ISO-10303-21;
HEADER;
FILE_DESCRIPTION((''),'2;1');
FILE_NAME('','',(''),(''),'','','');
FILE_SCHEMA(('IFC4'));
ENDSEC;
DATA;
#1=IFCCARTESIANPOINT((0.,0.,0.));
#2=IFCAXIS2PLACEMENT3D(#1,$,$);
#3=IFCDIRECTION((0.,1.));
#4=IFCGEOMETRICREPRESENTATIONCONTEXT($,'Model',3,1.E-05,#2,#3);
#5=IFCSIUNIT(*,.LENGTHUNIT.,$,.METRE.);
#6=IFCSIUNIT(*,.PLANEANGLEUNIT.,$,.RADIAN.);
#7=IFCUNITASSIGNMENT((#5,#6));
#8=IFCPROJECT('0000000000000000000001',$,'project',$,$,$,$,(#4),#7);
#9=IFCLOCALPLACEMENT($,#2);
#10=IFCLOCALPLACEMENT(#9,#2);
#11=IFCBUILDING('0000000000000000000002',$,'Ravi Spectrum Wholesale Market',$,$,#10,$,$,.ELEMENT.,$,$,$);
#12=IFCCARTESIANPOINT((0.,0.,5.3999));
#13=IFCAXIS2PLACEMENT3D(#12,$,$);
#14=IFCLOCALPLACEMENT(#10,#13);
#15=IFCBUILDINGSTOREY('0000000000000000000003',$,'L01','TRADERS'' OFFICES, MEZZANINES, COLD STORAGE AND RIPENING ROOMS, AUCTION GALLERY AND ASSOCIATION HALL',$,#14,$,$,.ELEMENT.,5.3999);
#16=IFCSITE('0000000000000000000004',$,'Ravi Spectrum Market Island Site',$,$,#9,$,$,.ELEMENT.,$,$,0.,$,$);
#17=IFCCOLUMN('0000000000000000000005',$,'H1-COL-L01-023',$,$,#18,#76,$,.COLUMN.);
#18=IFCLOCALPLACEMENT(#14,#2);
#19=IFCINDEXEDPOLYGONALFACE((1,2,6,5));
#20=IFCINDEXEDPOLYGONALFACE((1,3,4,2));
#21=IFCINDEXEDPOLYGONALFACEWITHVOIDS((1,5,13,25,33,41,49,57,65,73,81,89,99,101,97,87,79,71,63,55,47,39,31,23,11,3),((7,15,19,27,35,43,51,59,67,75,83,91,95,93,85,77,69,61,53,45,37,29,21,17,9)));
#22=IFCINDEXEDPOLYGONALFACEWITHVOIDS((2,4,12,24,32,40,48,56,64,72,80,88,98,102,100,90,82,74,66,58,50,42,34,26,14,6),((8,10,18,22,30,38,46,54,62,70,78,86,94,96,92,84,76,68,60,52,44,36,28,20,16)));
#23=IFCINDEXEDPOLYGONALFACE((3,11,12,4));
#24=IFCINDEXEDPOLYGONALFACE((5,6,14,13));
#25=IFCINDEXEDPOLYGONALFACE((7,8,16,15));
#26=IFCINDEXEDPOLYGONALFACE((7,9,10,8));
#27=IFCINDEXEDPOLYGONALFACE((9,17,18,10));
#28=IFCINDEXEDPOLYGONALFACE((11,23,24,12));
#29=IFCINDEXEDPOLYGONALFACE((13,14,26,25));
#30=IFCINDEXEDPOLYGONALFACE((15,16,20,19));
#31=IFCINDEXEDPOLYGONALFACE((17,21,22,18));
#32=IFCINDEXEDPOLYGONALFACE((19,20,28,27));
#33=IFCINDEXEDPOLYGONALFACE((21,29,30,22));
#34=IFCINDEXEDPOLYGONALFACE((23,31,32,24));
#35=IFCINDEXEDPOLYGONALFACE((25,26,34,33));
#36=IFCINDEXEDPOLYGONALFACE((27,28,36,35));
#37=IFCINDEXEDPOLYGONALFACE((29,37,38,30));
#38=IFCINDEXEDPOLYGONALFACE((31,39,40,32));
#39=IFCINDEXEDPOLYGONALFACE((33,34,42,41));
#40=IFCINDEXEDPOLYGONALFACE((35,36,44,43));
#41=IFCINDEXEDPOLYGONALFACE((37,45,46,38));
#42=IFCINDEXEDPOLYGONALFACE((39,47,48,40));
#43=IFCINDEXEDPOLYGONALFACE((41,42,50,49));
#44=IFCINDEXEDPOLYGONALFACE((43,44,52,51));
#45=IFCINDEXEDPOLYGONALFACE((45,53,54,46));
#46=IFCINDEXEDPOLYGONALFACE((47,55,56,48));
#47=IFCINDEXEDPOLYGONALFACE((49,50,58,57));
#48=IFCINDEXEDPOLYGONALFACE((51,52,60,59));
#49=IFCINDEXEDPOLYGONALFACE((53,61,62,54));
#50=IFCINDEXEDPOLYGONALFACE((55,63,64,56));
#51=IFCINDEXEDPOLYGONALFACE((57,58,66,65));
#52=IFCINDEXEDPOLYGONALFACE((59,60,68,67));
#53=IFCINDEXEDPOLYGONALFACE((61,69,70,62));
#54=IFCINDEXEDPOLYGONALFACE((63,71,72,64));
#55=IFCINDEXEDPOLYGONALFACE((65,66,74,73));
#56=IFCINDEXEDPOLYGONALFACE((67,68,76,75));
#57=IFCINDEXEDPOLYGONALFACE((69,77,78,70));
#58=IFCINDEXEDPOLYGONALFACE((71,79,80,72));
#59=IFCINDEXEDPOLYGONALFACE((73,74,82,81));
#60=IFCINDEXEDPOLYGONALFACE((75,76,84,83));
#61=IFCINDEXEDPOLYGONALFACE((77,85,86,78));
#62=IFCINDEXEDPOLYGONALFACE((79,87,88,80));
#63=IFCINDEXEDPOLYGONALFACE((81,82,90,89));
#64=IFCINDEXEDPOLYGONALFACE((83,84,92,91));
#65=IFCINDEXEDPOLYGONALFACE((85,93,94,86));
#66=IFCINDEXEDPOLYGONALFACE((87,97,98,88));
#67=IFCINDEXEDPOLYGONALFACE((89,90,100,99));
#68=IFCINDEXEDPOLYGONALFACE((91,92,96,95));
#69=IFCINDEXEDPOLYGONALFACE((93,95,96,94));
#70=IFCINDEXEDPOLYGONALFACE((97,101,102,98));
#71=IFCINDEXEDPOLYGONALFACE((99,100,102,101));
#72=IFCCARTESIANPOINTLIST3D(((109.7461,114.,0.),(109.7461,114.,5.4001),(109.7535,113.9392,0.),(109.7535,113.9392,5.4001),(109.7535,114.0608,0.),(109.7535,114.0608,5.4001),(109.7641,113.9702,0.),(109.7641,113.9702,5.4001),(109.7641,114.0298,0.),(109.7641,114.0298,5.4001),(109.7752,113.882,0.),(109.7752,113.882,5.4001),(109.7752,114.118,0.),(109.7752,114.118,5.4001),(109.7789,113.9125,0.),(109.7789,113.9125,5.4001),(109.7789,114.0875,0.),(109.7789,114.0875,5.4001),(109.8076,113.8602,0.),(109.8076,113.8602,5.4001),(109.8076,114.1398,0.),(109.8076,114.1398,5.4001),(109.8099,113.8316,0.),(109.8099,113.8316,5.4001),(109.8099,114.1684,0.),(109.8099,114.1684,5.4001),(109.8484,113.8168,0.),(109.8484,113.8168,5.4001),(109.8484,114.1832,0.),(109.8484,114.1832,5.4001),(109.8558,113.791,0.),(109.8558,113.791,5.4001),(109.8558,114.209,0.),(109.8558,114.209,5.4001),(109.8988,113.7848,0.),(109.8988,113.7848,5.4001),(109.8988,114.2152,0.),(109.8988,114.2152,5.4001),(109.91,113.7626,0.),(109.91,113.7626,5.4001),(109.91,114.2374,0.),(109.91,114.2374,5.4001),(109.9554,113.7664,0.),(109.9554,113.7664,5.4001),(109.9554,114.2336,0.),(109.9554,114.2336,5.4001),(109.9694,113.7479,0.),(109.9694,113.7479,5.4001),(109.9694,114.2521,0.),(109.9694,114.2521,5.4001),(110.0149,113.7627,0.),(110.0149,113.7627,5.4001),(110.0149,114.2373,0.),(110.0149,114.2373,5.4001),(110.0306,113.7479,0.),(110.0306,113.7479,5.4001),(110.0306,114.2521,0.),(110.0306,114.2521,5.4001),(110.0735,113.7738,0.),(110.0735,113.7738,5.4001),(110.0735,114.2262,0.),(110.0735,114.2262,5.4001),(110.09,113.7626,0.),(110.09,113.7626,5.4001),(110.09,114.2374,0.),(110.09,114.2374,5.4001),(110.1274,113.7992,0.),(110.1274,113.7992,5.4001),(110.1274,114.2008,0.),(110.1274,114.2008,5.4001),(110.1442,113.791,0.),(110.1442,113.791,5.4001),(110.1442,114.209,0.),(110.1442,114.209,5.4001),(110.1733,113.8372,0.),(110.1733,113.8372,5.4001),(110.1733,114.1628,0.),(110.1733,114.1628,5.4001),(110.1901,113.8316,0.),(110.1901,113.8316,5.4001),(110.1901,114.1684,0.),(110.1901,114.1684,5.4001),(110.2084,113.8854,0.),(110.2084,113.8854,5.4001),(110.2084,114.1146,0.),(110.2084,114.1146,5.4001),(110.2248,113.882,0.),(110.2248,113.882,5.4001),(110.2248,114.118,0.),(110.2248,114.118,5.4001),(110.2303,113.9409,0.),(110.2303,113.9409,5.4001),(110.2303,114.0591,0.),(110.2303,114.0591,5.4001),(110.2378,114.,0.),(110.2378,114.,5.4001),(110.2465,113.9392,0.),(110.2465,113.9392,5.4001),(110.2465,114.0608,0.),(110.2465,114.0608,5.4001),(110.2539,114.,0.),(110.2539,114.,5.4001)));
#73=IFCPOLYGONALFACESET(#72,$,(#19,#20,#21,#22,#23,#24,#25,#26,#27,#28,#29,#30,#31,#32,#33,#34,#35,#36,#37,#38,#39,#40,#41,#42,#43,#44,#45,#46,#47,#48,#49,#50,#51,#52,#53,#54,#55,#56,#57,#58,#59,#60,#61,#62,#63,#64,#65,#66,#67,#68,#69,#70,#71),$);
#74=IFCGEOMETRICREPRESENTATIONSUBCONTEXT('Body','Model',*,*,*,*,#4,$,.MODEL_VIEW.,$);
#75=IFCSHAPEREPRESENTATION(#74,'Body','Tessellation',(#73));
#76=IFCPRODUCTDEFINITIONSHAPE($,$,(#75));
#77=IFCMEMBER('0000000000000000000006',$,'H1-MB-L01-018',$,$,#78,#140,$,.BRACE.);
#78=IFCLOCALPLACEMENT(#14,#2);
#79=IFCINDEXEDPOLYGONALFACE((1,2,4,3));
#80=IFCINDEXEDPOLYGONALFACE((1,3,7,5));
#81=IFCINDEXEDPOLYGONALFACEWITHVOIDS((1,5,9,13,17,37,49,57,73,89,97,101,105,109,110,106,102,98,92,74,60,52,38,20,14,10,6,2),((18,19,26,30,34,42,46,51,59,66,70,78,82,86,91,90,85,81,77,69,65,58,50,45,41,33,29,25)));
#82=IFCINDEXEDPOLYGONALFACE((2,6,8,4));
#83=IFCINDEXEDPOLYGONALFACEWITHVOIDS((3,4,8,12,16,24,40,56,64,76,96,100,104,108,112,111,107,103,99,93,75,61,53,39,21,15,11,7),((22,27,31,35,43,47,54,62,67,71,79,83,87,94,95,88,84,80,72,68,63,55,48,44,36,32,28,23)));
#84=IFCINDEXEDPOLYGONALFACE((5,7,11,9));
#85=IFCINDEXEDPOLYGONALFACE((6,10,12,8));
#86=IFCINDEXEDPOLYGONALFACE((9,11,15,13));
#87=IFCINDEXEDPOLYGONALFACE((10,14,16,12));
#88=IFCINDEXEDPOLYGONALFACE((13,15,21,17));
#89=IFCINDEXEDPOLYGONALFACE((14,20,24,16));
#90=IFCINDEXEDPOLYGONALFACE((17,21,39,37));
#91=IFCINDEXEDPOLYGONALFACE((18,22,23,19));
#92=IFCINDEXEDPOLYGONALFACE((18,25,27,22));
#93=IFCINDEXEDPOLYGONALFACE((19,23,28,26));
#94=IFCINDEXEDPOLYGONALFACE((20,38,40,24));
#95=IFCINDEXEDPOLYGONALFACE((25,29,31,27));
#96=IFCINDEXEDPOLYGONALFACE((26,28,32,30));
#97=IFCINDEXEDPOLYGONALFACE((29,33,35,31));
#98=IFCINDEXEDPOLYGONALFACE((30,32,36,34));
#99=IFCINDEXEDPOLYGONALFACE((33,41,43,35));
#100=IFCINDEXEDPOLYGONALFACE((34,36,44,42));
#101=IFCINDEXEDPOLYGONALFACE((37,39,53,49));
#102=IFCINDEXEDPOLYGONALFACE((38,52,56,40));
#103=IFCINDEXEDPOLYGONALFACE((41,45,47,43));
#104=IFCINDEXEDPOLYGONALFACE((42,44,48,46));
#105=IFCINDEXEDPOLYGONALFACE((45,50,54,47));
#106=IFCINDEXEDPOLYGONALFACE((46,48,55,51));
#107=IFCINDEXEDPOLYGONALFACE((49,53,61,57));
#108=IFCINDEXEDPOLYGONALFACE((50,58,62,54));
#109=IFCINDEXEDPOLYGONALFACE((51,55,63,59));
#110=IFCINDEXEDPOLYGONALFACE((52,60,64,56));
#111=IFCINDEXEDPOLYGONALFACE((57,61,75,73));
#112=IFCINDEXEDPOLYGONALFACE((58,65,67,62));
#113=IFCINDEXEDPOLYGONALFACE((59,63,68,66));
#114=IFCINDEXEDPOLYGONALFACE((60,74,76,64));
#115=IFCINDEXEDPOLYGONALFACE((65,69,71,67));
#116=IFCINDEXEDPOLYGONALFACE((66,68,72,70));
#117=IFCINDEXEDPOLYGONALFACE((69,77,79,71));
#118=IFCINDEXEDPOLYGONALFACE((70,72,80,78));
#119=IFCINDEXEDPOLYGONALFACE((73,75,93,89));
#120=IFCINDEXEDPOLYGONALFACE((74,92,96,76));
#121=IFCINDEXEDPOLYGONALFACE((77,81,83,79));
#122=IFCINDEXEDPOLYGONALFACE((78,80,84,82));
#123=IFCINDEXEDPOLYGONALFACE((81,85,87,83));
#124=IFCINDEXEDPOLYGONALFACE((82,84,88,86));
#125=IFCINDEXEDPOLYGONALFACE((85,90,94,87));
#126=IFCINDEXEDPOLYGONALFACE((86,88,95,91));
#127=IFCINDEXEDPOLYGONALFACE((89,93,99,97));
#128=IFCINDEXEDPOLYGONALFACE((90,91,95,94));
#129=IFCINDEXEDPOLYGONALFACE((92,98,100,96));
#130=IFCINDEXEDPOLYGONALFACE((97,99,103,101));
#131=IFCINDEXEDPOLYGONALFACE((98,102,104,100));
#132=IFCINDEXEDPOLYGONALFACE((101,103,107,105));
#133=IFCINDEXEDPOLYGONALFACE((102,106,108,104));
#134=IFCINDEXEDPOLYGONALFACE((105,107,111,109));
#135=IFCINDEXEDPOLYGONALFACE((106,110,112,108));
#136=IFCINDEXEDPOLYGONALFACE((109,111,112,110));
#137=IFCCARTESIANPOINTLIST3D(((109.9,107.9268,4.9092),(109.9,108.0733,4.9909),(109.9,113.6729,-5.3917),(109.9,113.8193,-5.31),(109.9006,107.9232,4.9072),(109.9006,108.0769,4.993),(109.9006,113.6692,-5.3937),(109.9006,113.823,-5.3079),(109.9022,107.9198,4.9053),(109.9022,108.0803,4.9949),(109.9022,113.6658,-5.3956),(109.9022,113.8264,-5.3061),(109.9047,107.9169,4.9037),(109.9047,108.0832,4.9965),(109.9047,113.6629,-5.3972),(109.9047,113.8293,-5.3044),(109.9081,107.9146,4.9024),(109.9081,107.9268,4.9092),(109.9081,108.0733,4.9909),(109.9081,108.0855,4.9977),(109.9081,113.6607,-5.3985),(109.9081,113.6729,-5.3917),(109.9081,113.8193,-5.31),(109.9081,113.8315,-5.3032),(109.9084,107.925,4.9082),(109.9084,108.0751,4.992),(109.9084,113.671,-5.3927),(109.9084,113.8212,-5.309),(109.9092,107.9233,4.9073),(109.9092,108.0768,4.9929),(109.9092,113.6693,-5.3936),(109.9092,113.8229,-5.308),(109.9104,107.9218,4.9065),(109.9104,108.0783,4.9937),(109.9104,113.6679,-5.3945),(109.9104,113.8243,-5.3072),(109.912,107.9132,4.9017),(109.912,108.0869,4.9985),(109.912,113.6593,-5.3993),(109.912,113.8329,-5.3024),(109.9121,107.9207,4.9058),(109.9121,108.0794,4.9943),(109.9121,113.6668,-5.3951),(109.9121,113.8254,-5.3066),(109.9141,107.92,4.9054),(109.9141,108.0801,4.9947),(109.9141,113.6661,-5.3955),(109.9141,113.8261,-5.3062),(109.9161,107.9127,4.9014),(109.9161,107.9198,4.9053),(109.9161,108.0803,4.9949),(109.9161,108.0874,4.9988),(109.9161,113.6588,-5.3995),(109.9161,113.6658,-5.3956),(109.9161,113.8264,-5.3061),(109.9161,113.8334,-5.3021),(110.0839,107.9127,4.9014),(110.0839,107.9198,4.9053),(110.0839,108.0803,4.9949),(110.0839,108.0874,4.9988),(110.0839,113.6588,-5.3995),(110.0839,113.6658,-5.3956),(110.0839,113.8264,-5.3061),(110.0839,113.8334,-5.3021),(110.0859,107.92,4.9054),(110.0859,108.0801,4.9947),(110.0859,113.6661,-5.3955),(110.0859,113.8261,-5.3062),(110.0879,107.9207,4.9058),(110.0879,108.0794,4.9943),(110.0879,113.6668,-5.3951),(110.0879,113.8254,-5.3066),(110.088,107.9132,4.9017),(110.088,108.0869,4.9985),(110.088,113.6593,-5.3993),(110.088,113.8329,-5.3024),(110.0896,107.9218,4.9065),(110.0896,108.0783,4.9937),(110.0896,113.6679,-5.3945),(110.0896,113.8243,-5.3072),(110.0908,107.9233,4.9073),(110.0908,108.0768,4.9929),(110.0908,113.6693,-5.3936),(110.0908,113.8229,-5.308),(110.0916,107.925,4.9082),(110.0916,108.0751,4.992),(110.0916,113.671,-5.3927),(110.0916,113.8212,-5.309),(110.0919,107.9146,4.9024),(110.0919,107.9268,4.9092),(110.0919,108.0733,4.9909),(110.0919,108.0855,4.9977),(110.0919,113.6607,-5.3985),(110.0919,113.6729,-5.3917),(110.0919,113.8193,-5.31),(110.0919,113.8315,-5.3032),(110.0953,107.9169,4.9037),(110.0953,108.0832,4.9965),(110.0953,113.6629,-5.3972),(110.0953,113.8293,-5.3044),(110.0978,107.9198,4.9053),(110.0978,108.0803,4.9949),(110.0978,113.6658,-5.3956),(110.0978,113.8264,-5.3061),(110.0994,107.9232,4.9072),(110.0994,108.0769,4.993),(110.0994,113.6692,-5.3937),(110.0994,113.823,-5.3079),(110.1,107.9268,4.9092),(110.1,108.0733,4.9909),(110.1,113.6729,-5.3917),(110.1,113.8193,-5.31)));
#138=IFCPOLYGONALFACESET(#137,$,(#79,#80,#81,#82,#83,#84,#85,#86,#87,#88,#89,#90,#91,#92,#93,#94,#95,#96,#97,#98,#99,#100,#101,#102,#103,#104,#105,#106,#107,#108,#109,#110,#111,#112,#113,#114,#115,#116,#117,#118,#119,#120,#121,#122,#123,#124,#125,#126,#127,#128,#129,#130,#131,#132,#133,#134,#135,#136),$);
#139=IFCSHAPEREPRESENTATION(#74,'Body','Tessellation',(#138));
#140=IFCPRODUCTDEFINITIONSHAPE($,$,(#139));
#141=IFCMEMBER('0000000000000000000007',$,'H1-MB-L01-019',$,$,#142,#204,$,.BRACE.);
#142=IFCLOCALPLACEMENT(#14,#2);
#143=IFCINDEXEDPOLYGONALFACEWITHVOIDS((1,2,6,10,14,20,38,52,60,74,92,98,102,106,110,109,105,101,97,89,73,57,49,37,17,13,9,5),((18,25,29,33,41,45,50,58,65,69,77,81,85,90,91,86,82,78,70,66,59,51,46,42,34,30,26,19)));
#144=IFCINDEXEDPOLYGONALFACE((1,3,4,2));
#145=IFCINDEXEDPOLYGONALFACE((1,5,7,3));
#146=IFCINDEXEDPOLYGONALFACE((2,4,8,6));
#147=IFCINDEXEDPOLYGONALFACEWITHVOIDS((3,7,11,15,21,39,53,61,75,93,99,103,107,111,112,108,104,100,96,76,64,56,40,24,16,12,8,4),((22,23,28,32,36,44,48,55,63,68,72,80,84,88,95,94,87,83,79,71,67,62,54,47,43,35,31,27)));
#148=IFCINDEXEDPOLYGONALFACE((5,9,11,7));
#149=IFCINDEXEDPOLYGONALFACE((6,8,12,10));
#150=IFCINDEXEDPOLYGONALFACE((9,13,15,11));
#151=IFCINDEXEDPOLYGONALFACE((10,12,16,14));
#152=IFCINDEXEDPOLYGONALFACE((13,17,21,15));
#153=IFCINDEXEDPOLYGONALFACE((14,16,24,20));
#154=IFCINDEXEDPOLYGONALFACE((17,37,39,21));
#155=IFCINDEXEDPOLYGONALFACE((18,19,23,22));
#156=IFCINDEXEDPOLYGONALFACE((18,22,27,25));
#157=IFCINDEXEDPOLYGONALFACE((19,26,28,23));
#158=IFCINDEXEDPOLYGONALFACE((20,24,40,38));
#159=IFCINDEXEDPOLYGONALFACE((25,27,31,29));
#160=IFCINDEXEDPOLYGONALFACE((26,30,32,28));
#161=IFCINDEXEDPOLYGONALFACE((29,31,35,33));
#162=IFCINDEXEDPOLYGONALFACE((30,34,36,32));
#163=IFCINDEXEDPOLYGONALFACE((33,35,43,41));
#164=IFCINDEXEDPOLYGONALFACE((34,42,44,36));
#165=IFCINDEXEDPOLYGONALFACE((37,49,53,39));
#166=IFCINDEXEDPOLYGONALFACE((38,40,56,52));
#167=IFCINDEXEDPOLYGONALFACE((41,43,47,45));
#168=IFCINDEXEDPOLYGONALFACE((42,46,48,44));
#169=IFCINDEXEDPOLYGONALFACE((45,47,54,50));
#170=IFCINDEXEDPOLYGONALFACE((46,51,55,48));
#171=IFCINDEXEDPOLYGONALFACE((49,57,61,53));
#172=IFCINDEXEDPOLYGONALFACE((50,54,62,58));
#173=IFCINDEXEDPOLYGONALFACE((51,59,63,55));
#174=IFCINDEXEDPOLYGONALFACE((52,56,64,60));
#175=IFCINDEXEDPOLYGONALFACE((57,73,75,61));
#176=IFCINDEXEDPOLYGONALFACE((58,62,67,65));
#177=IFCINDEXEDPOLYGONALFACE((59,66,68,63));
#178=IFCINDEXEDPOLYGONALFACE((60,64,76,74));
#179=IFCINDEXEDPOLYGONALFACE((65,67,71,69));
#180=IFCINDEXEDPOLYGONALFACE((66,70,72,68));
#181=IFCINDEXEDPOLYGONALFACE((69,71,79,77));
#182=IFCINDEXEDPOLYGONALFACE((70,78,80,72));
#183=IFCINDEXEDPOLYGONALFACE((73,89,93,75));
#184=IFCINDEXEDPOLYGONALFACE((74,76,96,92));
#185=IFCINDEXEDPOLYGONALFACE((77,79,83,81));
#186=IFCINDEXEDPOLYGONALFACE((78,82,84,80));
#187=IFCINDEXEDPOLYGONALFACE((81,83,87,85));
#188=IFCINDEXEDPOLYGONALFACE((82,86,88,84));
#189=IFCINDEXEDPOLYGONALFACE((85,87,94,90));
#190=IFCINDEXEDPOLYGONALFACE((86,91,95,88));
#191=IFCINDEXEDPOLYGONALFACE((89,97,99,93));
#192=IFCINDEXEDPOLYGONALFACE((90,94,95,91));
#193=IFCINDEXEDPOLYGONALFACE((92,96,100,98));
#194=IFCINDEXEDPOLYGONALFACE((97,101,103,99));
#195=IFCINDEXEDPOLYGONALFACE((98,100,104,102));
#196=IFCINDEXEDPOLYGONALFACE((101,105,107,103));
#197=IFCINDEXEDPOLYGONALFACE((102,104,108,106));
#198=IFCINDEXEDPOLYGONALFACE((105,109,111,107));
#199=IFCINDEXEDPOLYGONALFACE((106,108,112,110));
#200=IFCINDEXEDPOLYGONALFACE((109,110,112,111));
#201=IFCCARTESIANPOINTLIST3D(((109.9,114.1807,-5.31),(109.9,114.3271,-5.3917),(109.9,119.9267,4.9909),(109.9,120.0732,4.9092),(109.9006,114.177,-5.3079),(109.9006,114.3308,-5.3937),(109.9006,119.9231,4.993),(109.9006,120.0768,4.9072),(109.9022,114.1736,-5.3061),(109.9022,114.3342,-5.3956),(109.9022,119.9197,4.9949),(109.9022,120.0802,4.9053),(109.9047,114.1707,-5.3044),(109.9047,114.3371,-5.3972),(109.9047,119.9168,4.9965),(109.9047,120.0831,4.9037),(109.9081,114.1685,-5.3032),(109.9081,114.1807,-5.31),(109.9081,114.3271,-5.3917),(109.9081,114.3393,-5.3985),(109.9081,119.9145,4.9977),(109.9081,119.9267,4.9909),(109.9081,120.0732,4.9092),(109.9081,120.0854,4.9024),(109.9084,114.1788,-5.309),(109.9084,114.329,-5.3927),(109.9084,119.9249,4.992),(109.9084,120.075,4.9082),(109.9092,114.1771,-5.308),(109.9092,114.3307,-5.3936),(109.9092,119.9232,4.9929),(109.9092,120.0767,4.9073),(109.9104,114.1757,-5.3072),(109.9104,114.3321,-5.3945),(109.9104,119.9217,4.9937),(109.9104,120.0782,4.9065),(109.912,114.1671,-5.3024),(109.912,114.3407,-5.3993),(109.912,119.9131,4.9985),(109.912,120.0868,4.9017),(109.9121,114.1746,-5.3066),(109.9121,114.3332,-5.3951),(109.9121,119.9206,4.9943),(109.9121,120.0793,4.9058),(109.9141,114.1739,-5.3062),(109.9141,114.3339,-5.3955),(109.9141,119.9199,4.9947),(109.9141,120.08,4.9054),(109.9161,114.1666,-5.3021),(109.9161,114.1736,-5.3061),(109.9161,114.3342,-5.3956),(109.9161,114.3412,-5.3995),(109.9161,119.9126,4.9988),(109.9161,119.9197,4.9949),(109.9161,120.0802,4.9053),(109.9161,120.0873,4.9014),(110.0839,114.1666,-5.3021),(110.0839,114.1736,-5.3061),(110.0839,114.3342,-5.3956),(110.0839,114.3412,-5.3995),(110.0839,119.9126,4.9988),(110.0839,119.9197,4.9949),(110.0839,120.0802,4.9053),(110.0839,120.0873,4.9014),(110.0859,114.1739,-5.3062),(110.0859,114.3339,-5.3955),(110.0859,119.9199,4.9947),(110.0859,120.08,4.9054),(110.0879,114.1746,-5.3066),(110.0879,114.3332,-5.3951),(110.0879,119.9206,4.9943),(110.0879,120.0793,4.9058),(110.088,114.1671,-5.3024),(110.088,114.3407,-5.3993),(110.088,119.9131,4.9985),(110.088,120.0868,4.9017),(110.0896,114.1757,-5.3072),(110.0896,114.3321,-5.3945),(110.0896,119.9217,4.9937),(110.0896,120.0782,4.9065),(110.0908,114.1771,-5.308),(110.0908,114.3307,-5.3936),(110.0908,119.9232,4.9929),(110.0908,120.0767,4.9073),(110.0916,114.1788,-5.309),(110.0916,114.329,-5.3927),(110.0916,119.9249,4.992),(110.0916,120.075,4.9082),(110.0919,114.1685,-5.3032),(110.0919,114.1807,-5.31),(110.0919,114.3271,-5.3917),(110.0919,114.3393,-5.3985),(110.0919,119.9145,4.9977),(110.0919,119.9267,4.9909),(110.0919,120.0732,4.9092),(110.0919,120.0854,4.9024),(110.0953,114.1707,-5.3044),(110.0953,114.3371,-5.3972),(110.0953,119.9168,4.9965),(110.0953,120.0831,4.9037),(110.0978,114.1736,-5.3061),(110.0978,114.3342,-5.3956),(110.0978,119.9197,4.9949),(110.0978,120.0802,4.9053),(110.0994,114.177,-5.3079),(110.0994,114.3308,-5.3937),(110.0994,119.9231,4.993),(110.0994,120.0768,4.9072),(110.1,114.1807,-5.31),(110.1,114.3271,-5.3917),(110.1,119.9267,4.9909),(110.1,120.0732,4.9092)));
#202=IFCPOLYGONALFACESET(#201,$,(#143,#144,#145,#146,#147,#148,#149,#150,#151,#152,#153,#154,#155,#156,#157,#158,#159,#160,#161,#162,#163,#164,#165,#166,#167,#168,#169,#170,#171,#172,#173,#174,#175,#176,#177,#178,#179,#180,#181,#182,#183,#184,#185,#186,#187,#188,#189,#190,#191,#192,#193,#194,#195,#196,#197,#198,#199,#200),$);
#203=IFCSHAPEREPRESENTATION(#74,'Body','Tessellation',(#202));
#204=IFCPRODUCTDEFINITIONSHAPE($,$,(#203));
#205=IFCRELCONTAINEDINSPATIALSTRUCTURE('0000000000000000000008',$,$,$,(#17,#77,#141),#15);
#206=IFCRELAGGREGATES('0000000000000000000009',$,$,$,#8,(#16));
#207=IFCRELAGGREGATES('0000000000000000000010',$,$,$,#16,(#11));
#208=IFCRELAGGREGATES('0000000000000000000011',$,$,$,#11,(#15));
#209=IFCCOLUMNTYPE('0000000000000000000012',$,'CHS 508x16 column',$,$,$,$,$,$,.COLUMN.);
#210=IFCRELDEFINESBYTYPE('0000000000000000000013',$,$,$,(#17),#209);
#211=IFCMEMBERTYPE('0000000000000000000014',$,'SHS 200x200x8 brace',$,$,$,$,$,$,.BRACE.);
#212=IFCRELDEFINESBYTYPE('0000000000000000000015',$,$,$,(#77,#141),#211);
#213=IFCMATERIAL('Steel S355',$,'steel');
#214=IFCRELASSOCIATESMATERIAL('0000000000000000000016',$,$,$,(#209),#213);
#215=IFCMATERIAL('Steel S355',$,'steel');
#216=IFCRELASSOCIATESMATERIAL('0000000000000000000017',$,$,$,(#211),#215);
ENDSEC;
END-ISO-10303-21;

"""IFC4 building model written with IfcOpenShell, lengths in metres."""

from ifc_helpers import new_model, si_unit, direction, frame, origin, origin_2d, place, context, subcontext, project, spatial, hollow_rectangle, hollow_circle, extrude, material, material_profile, profile_set, type_object, element, save


model = new_model("IFC4")

# Units and contexts
model_context = context("Model", 3, precision=1e-05, world=origin(), true_north=direction((0.0, 1.0)))
body_context = subcontext(model_context, "Body", "Model", "MODEL_VIEW")
ifc_project = project(units=[si_unit("LENGTHUNIT", "METRE"), si_unit("PLANEANGLEUNIT", "RADIAN")], contexts=[model_context])

# Site, building, storey
site_placement = place(None, origin())
site = spatial("IfcSite", under=ifc_project, at=site_placement, Name="Ravi Spectrum Market Island Site", CompositionType="ELEMENT", RefElevation=0.0)
building_placement = place(site_placement, origin())
building = spatial("IfcBuilding", under=site, at=building_placement, Name="Ravi Spectrum Wholesale Market", CompositionType="ELEMENT")
storey_placement = place(building_placement, frame((0.0, 0.0, 5.3999)))
storey = spatial("IfcBuildingStorey", under=building, at=storey_placement, Name="L01", Description="TRADERS' OFFICES, MEZZANINES, COLD STORAGE AND RIPENING ROOMS, AUCTION GALLERY AND ASSOCIATION HALL", CompositionType="ELEMENT", Elevation=5.3999)

# Column
ifc_material_1 = material(Name="Steel S355", Category="steel")
ifc_material_profile_1 = material_profile(ifc_material_1, hollow_circle(Radius=0.2539, WallThickness=0.0161, at=origin_2d()))
ifc_profile_set_1 = profile_set([ifc_material_profile_1], Name="Steel S355")
column_type = type_object("IfcColumnType", Name="CHS 508x16 column", PredefinedType="COLUMN", material=ifc_profile_set_1)
column_placement = place(storey_placement, frame((110.0, 114.0, 0.0), z_axis=(0.0, 0.0, 1.0), x_axis=(1.0, 0.0, 0.0)))
element("IfcColumn", 1, at=column_placement, inside=storey, type_object=column_type, Name="H1-COL-L01-023", PredefinedType="COLUMN", context=body_context, shape_type="SweptSolid", body=[
    extrude(hollow_circle(Radius=0.2539, WallThickness=0.0161, at=origin_2d()), origin(), (0.0, 0.0, 1.0), 5.4001),
])

# Members
ifc_material_2 = material(Name="Steel S355", Category="steel")
ifc_material_profile_2 = material_profile(ifc_material_2, hollow_rectangle(XDim=0.2, YDim=0.2, WallThickness=0.0081, InnerFilletRadius=0.0081, OuterFilletRadius=0.0161, at=origin_2d()))
ifc_profile_set_2 = profile_set([ifc_material_profile_2], Name="Steel S355")
member_type = type_object("IfcMemberType", Name="SHS 200x200x8 brace", PredefinedType="BRACE", material=ifc_profile_set_2)
for number, where, z_axis, x_axis, name in (
    (2, (110.0, 113.7461, -5.3508), (0.0, -0.487152, 0.873317), (1.0, 0.0, 0.0), "H1-MB-L01-018"),
    (3, (110.0, 114.2539, -5.3508), (0.0, 0.487152, 0.873317), (-1.0, 0.0, 0.0), "H1-MB-L01-019"),
):
    element("IfcMember", number, at=place(storey_placement, frame(where, z_axis=z_axis, x_axis=x_axis)), inside=storey, type_object=member_type, Name=name, PredefinedType="BRACE", context=body_context, shape_type="SweptSolid", body=[
        extrude(hollow_rectangle(XDim=0.2, YDim=0.2, WallThickness=0.0081, InnerFilletRadius=0.0081, OuterFilletRadius=0.0161, at=origin_2d()), origin(), (0.0, 0.0, 1.0), 11.7952),
    ])

save(model, "model.ifc")
